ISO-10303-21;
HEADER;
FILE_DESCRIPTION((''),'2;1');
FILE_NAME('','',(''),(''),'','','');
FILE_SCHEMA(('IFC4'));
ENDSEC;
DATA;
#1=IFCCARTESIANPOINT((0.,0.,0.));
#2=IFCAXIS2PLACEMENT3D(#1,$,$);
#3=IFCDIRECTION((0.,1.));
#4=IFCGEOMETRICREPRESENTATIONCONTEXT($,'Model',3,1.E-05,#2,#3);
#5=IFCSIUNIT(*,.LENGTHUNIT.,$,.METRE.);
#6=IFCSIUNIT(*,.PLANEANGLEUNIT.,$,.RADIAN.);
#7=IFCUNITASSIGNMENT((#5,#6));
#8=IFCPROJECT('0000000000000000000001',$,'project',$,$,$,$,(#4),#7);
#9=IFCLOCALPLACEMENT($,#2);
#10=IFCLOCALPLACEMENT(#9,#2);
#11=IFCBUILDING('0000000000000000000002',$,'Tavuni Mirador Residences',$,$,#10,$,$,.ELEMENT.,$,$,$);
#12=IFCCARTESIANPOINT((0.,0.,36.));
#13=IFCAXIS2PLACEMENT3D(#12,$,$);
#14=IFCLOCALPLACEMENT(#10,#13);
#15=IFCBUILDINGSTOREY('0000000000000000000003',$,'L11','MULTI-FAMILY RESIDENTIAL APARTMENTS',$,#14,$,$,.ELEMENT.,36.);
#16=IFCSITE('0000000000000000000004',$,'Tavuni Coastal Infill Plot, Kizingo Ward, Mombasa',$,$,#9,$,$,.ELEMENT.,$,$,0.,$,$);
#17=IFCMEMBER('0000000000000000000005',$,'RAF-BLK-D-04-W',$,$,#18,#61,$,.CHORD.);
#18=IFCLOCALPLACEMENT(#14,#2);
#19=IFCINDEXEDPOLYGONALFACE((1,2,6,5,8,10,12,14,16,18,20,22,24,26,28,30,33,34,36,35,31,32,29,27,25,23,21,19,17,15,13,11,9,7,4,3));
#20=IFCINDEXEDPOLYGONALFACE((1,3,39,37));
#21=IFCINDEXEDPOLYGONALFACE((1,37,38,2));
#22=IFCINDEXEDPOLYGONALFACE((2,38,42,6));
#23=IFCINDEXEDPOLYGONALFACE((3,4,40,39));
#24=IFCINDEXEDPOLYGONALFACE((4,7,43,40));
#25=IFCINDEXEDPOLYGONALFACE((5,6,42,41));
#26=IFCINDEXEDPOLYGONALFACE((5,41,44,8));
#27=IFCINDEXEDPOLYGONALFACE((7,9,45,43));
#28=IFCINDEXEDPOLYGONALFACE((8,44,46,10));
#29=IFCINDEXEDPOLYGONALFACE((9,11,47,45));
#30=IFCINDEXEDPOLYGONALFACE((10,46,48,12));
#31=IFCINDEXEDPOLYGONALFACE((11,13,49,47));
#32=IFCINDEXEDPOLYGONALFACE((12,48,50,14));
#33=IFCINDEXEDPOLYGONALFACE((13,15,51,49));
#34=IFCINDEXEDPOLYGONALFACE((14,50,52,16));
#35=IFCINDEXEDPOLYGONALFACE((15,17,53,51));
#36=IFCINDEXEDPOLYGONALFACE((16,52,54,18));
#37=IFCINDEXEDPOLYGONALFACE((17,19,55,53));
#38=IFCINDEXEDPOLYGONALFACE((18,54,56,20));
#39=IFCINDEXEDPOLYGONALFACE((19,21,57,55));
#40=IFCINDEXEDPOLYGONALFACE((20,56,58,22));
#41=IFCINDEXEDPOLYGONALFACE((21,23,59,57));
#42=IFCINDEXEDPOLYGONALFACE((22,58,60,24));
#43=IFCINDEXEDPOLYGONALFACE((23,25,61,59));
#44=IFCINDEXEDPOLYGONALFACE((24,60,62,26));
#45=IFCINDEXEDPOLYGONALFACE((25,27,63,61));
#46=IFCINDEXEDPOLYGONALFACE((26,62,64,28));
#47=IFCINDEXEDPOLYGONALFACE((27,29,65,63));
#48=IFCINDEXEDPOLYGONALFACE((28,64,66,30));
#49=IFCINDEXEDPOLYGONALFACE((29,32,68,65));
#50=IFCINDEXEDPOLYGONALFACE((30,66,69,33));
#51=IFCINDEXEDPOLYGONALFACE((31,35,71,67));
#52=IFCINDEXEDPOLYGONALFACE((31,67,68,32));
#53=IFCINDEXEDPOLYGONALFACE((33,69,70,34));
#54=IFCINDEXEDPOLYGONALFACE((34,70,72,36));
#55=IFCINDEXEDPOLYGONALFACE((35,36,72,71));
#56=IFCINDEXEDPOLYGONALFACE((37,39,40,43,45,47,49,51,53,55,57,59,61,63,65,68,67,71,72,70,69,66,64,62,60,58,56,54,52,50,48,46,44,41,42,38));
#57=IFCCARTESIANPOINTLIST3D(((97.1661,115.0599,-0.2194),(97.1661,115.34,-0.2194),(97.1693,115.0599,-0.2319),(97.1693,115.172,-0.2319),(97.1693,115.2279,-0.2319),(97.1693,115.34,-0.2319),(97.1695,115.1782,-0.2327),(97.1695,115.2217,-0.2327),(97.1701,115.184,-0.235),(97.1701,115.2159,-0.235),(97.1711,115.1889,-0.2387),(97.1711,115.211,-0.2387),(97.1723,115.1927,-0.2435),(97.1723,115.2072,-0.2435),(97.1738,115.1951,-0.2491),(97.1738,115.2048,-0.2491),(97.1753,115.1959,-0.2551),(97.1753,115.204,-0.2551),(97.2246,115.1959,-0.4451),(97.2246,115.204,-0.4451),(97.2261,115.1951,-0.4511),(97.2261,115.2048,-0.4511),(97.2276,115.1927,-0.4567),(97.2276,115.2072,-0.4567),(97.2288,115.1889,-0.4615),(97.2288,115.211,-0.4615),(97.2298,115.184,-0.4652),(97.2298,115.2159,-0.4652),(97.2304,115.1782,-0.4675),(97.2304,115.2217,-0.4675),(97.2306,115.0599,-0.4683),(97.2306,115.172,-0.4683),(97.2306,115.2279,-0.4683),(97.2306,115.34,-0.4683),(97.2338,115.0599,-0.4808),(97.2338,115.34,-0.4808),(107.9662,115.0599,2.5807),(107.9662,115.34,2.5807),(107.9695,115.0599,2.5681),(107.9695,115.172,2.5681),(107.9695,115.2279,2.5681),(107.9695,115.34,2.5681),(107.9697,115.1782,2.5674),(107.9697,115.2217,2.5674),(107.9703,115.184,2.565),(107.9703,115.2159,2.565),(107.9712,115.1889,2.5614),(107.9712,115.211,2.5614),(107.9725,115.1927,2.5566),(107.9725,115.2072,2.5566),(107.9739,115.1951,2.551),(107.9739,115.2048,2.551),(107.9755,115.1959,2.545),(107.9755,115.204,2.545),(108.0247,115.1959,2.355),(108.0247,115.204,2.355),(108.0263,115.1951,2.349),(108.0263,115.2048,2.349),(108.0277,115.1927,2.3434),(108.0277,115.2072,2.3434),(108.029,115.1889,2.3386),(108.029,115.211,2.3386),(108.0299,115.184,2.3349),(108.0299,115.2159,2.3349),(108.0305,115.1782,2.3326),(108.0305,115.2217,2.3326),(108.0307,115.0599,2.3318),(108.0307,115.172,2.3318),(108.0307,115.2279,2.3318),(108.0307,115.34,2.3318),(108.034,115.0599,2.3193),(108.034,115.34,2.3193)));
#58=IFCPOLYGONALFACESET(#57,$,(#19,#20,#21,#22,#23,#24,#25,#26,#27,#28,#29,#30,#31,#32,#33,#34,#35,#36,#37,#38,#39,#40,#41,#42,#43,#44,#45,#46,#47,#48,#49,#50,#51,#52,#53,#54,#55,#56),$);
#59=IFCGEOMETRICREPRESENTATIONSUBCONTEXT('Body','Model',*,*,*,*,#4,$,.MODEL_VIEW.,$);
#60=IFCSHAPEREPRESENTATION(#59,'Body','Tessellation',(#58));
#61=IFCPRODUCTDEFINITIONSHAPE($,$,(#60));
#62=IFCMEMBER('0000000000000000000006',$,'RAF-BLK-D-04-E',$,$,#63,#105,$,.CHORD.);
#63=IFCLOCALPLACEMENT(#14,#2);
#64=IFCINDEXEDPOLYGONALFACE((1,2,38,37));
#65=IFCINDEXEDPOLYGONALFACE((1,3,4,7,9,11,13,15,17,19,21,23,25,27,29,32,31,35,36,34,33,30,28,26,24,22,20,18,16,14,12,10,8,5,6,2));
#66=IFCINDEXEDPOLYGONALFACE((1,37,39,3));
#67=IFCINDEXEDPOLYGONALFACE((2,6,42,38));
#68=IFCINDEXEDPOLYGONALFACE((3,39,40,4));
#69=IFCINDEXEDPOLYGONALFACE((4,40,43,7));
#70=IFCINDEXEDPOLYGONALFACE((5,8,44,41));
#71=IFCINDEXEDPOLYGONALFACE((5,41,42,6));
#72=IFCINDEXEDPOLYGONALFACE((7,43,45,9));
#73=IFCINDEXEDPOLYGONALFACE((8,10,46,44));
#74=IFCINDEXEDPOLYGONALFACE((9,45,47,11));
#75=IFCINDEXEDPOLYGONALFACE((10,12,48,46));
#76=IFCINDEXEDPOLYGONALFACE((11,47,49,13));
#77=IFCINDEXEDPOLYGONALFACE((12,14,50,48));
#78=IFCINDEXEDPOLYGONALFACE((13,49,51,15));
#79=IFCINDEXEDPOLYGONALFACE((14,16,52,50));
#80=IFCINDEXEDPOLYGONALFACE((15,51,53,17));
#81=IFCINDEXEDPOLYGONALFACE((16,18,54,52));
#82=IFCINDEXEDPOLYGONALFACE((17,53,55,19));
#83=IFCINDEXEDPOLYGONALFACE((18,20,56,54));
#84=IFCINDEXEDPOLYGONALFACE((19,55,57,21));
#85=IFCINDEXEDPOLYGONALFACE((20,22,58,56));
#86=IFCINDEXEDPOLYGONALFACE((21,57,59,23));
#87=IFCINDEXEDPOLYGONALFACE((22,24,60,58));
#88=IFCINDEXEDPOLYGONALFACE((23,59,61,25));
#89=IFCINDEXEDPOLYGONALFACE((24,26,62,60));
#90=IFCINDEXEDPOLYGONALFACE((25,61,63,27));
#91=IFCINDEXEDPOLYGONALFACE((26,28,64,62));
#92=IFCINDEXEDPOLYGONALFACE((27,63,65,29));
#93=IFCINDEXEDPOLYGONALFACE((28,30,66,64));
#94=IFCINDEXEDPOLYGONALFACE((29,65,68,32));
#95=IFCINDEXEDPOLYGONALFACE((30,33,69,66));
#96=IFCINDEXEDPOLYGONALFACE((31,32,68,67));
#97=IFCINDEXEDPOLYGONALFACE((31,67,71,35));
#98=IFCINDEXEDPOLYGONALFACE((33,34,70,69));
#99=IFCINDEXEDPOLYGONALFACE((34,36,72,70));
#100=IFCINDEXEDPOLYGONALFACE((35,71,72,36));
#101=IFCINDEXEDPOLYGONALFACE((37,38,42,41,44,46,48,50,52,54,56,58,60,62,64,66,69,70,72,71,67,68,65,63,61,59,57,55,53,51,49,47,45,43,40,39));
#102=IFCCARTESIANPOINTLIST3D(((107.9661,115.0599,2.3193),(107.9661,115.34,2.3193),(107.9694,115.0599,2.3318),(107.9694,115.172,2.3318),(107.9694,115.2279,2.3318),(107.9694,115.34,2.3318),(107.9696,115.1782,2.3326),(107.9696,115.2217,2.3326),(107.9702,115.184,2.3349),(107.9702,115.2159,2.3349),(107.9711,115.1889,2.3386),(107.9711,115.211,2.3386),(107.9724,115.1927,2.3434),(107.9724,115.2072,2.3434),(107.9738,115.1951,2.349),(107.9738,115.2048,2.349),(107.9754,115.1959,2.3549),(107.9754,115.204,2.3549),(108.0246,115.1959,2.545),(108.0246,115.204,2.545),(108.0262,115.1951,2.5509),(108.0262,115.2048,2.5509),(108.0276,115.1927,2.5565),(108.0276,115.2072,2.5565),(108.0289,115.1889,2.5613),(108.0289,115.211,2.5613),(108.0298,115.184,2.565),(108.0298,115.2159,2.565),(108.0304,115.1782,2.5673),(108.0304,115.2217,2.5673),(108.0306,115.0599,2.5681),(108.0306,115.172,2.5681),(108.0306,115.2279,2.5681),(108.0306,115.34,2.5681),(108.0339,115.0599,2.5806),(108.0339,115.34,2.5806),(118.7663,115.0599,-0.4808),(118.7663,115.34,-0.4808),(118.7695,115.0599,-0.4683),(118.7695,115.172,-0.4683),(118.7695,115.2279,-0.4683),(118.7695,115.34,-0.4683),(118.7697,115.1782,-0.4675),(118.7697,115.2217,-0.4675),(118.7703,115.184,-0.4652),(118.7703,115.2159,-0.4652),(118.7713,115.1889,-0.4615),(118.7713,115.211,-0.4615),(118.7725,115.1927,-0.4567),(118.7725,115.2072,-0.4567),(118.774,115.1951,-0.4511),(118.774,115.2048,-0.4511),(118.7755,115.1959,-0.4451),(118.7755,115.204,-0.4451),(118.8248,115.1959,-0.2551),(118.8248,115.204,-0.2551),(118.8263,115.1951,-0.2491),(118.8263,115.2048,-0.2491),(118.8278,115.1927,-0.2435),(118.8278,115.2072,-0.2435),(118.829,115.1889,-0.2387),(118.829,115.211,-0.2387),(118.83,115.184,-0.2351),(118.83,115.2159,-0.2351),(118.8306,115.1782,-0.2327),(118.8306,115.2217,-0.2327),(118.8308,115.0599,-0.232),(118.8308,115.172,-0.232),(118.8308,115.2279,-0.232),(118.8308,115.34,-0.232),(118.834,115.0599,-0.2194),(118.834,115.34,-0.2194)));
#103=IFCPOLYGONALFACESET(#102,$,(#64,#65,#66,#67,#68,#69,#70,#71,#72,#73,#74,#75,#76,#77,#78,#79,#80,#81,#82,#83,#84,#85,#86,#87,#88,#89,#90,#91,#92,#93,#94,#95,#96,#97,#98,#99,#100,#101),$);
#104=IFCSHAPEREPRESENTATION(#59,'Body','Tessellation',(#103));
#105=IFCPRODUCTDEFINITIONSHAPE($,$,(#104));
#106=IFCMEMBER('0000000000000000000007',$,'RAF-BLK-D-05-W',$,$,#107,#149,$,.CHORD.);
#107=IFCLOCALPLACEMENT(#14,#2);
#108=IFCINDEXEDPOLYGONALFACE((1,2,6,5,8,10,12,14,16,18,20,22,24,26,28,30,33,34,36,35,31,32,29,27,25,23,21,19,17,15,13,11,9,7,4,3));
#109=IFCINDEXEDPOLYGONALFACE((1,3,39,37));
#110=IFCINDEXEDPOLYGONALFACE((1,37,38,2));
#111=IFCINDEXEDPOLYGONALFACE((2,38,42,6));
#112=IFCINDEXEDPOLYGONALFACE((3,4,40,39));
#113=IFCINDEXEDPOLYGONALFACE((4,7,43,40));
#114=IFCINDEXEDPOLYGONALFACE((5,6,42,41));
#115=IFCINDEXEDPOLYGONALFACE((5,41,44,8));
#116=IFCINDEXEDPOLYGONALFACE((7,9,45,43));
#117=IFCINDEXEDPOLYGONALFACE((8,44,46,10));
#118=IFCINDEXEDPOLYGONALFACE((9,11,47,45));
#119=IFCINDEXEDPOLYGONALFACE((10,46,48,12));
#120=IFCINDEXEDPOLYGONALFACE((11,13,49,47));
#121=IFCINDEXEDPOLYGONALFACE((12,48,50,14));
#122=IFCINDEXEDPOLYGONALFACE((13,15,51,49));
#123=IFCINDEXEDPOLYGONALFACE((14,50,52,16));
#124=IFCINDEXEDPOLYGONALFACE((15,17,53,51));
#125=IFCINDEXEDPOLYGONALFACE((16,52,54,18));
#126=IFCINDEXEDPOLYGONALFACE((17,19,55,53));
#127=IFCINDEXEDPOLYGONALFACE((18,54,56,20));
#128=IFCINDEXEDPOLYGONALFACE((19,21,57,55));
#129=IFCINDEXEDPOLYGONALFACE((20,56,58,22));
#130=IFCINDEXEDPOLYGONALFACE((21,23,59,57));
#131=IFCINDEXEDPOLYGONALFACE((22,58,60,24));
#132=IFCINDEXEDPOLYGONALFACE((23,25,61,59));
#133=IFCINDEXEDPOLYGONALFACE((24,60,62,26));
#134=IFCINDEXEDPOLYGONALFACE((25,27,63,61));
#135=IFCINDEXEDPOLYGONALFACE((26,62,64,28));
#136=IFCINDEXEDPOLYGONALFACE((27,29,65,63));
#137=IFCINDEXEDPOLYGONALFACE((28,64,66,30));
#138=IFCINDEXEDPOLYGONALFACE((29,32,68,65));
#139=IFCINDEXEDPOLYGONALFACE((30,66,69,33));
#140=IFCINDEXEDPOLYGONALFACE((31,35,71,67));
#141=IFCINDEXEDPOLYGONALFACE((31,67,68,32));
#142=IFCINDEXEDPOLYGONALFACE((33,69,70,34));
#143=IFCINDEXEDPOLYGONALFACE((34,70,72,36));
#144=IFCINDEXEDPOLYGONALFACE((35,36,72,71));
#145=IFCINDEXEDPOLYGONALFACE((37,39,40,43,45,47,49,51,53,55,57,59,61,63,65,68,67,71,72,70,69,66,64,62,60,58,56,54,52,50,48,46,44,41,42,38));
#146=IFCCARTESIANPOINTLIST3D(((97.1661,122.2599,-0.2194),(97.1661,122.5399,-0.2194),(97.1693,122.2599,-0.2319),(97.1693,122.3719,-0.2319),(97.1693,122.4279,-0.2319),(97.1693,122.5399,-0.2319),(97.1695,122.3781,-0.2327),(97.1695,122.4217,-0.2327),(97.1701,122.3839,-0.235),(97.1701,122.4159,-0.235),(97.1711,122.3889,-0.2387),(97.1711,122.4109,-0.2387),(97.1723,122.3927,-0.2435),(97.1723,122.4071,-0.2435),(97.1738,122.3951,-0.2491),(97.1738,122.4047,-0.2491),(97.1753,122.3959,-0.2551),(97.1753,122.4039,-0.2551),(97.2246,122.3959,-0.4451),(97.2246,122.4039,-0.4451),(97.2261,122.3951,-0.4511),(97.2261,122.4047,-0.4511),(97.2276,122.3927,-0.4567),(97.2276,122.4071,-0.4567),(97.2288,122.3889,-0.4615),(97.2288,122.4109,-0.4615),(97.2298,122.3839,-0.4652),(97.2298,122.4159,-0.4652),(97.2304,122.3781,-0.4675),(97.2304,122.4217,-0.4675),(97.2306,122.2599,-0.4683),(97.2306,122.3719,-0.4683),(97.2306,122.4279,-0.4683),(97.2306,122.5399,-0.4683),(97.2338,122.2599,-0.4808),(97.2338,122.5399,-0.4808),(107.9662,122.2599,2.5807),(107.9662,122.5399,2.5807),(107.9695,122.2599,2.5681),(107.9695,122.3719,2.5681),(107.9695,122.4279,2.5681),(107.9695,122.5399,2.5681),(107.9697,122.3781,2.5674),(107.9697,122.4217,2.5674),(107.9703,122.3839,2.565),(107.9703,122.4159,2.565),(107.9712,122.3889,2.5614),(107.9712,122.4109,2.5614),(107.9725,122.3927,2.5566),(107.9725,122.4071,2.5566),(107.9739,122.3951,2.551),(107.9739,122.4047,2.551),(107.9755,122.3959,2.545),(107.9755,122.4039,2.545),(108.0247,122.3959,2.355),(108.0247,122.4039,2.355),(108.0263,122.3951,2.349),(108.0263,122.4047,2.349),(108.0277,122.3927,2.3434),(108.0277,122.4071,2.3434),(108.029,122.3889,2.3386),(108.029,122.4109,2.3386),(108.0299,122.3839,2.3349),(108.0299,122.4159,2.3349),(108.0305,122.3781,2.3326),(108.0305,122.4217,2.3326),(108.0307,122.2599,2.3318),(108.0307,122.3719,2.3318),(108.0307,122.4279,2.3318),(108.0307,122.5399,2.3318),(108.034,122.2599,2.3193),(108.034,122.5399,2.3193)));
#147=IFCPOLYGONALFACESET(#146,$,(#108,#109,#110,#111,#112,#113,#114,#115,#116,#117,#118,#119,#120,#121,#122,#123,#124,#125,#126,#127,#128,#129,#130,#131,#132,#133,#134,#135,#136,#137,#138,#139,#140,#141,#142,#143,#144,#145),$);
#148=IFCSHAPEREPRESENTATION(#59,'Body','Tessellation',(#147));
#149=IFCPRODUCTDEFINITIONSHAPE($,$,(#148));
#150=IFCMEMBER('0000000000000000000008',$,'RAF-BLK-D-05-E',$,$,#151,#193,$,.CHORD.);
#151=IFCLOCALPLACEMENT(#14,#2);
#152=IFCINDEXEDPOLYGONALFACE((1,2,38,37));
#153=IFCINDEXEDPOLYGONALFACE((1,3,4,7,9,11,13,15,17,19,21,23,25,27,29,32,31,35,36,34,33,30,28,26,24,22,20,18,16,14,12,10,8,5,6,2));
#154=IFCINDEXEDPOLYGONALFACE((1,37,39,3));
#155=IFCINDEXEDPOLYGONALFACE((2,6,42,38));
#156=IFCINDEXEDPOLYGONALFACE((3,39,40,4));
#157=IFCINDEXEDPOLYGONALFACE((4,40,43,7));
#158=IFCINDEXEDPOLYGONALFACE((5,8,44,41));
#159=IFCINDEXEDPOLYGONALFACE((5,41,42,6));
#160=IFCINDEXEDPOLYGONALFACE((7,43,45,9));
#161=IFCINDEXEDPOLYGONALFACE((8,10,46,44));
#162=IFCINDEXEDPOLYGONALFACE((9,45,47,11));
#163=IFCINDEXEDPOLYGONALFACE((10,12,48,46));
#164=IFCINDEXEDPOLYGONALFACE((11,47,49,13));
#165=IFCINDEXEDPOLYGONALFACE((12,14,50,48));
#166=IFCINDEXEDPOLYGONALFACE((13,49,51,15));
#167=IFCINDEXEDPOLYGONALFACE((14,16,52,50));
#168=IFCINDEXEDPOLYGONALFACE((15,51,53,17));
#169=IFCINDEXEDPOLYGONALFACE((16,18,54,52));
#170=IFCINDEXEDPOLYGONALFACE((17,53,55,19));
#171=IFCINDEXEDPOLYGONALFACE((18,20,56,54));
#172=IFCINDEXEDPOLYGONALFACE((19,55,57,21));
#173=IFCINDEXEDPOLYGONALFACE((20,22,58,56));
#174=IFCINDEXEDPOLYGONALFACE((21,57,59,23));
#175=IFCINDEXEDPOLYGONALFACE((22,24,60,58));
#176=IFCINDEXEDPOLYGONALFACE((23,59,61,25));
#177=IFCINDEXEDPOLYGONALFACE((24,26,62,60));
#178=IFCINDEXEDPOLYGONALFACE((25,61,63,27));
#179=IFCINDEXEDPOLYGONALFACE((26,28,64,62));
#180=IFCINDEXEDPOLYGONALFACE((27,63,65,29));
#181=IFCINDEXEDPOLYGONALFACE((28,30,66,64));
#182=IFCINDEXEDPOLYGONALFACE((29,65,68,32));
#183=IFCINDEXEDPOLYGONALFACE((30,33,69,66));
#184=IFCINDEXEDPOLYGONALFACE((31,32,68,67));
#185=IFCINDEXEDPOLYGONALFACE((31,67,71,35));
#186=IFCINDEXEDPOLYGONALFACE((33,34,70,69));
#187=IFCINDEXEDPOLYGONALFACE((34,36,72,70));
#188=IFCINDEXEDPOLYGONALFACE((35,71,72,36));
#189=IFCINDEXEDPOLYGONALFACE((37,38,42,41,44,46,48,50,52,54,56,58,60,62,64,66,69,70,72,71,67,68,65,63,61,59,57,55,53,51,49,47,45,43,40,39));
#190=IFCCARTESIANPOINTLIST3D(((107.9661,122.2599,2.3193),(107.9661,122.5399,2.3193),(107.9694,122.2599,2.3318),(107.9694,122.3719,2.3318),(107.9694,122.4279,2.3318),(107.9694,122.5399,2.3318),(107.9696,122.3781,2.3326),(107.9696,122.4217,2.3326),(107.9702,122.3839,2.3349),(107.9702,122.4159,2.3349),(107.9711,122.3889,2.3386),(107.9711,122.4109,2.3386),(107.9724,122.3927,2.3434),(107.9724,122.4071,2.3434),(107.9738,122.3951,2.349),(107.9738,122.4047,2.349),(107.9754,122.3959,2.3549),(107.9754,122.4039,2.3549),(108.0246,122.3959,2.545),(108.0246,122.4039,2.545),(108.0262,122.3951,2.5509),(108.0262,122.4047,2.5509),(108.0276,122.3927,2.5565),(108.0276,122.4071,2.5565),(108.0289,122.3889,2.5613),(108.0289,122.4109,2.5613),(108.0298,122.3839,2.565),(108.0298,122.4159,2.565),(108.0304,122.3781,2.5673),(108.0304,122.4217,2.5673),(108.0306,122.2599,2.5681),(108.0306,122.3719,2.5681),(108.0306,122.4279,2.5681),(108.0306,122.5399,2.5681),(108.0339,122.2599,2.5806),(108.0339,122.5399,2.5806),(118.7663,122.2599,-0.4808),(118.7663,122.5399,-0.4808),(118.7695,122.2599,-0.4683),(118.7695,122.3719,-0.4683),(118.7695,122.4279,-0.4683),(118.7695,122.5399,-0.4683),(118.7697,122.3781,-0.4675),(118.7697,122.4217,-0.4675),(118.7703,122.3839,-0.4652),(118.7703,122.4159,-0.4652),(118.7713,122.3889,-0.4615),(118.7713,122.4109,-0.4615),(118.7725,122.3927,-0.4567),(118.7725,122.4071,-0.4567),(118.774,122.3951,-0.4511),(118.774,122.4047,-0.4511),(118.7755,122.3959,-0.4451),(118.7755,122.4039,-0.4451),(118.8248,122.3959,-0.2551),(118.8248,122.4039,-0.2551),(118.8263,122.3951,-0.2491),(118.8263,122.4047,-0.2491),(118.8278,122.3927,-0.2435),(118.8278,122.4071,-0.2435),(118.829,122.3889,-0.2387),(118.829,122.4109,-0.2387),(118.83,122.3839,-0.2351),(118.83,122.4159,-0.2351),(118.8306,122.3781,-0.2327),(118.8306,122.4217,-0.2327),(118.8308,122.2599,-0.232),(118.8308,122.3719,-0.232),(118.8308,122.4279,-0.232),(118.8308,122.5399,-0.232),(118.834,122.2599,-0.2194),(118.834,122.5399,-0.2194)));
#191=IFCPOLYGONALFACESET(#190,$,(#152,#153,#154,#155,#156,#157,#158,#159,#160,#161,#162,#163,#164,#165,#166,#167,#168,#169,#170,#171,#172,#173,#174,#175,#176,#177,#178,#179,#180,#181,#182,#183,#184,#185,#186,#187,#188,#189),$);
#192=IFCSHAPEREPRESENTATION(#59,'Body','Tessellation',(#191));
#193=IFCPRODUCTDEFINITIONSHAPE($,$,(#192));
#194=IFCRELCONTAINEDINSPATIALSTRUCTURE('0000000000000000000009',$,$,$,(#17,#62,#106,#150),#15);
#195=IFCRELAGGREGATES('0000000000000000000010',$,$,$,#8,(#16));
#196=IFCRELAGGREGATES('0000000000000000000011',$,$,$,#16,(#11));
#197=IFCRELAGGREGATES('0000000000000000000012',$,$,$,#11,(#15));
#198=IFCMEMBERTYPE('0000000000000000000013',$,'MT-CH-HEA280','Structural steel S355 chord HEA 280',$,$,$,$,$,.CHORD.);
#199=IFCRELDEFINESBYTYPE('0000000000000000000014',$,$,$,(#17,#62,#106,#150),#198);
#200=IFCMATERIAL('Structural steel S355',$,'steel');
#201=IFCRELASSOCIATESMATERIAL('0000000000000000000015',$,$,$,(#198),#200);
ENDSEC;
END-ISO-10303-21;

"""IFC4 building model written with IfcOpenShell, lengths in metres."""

from ifc_helpers import new_model, si_unit, direction, frame, origin, origin_2d, place, context, subcontext, project, spatial, i_section, extrude, material, material_profile, profile_set, type_object, element, save


model = new_model("IFC4")

# Units and contexts
model_context = context("Model", 3, precision=1e-05, world=origin(), true_north=direction((0.0, 1.0)))
body_context = subcontext(model_context, "Body", "Model", "MODEL_VIEW")
ifc_project = project(units=[si_unit("LENGTHUNIT", "METRE"), si_unit("PLANEANGLEUNIT", "RADIAN")], contexts=[model_context])

# Site, building, storey
site_placement = place(None, origin())
site = spatial("IfcSite", under=ifc_project, at=site_placement, Name="Tavuni Coastal Infill Plot, Kizingo Ward, Mombasa", CompositionType="ELEMENT", RefElevation=0.0)
building_placement = place(site_placement, origin())
building = spatial("IfcBuilding", under=site, at=building_placement, Name="Tavuni Mirador Residences", CompositionType="ELEMENT")
storey_placement = place(building_placement, frame((0.0, 0.0, 36.0)))
storey = spatial("IfcBuildingStorey", under=building, at=storey_placement, Name="L11", Description="MULTI-FAMILY RESIDENTIAL APARTMENTS", CompositionType="ELEMENT", Elevation=36.0)

# Members
ifc_material_1 = material(Name="Structural steel S355", Category="steel")
ifc_material_profile_1 = material_profile(ifc_material_1, i_section(OverallWidth=0.28, OverallDepth=0.27, WebThickness=0.0081, FlangeThickness=0.0129, FilletRadius=0.0239, at=origin_2d()), Name="HEA 280", Category="steel")
ifc_profile_set_1 = profile_set([ifc_material_profile_1], Name="Structural steel S355")
member_type_1 = type_object("IfcMemberType", Name="MT-CH-HEA280", Description="Structural steel S355 chord HEA 280", PredefinedType="CHORD", material=ifc_profile_set_1)
for number, where, z_axis, x_axis, name in (
    (1, (97.2, 115.2, -0.3501), (0.967996, 0.0, 0.250965), (0.0, 1.0, 0.0), "RAF-BLK-D-04-W"),
    (2, (108.0, 115.2, 2.45), (0.967996, 0.0, -0.250965), (0.0, 1.0, 0.0), "RAF-BLK-D-04-E"),
    (3, (97.2, 122.3999, -0.3501), (0.967996, 0.0, 0.250965), (0.0, 1.0, 0.0), "RAF-BLK-D-05-W"),
    (4, (108.0, 122.3999, 2.45), (0.967996, 0.0, -0.250965), (0.0, 1.0, 0.0), "RAF-BLK-D-05-E"),
):
    element("IfcMember", number, at=place(storey_placement, frame(where, z_axis=z_axis, x_axis=x_axis)), inside=storey, type_object=member_type_1, Name=name, PredefinedType="CHORD", context=body_context, shape_type="SweptSolid", body=[
        extrude(i_section(OverallWidth=0.28, OverallDepth=0.27, WebThickness=0.0081, FlangeThickness=0.0129, FilletRadius=0.0239, at=origin_2d()), origin(), (0.0, 0.0, 1.0), 11.1572),
    ])

save(model, "model.ifc")
